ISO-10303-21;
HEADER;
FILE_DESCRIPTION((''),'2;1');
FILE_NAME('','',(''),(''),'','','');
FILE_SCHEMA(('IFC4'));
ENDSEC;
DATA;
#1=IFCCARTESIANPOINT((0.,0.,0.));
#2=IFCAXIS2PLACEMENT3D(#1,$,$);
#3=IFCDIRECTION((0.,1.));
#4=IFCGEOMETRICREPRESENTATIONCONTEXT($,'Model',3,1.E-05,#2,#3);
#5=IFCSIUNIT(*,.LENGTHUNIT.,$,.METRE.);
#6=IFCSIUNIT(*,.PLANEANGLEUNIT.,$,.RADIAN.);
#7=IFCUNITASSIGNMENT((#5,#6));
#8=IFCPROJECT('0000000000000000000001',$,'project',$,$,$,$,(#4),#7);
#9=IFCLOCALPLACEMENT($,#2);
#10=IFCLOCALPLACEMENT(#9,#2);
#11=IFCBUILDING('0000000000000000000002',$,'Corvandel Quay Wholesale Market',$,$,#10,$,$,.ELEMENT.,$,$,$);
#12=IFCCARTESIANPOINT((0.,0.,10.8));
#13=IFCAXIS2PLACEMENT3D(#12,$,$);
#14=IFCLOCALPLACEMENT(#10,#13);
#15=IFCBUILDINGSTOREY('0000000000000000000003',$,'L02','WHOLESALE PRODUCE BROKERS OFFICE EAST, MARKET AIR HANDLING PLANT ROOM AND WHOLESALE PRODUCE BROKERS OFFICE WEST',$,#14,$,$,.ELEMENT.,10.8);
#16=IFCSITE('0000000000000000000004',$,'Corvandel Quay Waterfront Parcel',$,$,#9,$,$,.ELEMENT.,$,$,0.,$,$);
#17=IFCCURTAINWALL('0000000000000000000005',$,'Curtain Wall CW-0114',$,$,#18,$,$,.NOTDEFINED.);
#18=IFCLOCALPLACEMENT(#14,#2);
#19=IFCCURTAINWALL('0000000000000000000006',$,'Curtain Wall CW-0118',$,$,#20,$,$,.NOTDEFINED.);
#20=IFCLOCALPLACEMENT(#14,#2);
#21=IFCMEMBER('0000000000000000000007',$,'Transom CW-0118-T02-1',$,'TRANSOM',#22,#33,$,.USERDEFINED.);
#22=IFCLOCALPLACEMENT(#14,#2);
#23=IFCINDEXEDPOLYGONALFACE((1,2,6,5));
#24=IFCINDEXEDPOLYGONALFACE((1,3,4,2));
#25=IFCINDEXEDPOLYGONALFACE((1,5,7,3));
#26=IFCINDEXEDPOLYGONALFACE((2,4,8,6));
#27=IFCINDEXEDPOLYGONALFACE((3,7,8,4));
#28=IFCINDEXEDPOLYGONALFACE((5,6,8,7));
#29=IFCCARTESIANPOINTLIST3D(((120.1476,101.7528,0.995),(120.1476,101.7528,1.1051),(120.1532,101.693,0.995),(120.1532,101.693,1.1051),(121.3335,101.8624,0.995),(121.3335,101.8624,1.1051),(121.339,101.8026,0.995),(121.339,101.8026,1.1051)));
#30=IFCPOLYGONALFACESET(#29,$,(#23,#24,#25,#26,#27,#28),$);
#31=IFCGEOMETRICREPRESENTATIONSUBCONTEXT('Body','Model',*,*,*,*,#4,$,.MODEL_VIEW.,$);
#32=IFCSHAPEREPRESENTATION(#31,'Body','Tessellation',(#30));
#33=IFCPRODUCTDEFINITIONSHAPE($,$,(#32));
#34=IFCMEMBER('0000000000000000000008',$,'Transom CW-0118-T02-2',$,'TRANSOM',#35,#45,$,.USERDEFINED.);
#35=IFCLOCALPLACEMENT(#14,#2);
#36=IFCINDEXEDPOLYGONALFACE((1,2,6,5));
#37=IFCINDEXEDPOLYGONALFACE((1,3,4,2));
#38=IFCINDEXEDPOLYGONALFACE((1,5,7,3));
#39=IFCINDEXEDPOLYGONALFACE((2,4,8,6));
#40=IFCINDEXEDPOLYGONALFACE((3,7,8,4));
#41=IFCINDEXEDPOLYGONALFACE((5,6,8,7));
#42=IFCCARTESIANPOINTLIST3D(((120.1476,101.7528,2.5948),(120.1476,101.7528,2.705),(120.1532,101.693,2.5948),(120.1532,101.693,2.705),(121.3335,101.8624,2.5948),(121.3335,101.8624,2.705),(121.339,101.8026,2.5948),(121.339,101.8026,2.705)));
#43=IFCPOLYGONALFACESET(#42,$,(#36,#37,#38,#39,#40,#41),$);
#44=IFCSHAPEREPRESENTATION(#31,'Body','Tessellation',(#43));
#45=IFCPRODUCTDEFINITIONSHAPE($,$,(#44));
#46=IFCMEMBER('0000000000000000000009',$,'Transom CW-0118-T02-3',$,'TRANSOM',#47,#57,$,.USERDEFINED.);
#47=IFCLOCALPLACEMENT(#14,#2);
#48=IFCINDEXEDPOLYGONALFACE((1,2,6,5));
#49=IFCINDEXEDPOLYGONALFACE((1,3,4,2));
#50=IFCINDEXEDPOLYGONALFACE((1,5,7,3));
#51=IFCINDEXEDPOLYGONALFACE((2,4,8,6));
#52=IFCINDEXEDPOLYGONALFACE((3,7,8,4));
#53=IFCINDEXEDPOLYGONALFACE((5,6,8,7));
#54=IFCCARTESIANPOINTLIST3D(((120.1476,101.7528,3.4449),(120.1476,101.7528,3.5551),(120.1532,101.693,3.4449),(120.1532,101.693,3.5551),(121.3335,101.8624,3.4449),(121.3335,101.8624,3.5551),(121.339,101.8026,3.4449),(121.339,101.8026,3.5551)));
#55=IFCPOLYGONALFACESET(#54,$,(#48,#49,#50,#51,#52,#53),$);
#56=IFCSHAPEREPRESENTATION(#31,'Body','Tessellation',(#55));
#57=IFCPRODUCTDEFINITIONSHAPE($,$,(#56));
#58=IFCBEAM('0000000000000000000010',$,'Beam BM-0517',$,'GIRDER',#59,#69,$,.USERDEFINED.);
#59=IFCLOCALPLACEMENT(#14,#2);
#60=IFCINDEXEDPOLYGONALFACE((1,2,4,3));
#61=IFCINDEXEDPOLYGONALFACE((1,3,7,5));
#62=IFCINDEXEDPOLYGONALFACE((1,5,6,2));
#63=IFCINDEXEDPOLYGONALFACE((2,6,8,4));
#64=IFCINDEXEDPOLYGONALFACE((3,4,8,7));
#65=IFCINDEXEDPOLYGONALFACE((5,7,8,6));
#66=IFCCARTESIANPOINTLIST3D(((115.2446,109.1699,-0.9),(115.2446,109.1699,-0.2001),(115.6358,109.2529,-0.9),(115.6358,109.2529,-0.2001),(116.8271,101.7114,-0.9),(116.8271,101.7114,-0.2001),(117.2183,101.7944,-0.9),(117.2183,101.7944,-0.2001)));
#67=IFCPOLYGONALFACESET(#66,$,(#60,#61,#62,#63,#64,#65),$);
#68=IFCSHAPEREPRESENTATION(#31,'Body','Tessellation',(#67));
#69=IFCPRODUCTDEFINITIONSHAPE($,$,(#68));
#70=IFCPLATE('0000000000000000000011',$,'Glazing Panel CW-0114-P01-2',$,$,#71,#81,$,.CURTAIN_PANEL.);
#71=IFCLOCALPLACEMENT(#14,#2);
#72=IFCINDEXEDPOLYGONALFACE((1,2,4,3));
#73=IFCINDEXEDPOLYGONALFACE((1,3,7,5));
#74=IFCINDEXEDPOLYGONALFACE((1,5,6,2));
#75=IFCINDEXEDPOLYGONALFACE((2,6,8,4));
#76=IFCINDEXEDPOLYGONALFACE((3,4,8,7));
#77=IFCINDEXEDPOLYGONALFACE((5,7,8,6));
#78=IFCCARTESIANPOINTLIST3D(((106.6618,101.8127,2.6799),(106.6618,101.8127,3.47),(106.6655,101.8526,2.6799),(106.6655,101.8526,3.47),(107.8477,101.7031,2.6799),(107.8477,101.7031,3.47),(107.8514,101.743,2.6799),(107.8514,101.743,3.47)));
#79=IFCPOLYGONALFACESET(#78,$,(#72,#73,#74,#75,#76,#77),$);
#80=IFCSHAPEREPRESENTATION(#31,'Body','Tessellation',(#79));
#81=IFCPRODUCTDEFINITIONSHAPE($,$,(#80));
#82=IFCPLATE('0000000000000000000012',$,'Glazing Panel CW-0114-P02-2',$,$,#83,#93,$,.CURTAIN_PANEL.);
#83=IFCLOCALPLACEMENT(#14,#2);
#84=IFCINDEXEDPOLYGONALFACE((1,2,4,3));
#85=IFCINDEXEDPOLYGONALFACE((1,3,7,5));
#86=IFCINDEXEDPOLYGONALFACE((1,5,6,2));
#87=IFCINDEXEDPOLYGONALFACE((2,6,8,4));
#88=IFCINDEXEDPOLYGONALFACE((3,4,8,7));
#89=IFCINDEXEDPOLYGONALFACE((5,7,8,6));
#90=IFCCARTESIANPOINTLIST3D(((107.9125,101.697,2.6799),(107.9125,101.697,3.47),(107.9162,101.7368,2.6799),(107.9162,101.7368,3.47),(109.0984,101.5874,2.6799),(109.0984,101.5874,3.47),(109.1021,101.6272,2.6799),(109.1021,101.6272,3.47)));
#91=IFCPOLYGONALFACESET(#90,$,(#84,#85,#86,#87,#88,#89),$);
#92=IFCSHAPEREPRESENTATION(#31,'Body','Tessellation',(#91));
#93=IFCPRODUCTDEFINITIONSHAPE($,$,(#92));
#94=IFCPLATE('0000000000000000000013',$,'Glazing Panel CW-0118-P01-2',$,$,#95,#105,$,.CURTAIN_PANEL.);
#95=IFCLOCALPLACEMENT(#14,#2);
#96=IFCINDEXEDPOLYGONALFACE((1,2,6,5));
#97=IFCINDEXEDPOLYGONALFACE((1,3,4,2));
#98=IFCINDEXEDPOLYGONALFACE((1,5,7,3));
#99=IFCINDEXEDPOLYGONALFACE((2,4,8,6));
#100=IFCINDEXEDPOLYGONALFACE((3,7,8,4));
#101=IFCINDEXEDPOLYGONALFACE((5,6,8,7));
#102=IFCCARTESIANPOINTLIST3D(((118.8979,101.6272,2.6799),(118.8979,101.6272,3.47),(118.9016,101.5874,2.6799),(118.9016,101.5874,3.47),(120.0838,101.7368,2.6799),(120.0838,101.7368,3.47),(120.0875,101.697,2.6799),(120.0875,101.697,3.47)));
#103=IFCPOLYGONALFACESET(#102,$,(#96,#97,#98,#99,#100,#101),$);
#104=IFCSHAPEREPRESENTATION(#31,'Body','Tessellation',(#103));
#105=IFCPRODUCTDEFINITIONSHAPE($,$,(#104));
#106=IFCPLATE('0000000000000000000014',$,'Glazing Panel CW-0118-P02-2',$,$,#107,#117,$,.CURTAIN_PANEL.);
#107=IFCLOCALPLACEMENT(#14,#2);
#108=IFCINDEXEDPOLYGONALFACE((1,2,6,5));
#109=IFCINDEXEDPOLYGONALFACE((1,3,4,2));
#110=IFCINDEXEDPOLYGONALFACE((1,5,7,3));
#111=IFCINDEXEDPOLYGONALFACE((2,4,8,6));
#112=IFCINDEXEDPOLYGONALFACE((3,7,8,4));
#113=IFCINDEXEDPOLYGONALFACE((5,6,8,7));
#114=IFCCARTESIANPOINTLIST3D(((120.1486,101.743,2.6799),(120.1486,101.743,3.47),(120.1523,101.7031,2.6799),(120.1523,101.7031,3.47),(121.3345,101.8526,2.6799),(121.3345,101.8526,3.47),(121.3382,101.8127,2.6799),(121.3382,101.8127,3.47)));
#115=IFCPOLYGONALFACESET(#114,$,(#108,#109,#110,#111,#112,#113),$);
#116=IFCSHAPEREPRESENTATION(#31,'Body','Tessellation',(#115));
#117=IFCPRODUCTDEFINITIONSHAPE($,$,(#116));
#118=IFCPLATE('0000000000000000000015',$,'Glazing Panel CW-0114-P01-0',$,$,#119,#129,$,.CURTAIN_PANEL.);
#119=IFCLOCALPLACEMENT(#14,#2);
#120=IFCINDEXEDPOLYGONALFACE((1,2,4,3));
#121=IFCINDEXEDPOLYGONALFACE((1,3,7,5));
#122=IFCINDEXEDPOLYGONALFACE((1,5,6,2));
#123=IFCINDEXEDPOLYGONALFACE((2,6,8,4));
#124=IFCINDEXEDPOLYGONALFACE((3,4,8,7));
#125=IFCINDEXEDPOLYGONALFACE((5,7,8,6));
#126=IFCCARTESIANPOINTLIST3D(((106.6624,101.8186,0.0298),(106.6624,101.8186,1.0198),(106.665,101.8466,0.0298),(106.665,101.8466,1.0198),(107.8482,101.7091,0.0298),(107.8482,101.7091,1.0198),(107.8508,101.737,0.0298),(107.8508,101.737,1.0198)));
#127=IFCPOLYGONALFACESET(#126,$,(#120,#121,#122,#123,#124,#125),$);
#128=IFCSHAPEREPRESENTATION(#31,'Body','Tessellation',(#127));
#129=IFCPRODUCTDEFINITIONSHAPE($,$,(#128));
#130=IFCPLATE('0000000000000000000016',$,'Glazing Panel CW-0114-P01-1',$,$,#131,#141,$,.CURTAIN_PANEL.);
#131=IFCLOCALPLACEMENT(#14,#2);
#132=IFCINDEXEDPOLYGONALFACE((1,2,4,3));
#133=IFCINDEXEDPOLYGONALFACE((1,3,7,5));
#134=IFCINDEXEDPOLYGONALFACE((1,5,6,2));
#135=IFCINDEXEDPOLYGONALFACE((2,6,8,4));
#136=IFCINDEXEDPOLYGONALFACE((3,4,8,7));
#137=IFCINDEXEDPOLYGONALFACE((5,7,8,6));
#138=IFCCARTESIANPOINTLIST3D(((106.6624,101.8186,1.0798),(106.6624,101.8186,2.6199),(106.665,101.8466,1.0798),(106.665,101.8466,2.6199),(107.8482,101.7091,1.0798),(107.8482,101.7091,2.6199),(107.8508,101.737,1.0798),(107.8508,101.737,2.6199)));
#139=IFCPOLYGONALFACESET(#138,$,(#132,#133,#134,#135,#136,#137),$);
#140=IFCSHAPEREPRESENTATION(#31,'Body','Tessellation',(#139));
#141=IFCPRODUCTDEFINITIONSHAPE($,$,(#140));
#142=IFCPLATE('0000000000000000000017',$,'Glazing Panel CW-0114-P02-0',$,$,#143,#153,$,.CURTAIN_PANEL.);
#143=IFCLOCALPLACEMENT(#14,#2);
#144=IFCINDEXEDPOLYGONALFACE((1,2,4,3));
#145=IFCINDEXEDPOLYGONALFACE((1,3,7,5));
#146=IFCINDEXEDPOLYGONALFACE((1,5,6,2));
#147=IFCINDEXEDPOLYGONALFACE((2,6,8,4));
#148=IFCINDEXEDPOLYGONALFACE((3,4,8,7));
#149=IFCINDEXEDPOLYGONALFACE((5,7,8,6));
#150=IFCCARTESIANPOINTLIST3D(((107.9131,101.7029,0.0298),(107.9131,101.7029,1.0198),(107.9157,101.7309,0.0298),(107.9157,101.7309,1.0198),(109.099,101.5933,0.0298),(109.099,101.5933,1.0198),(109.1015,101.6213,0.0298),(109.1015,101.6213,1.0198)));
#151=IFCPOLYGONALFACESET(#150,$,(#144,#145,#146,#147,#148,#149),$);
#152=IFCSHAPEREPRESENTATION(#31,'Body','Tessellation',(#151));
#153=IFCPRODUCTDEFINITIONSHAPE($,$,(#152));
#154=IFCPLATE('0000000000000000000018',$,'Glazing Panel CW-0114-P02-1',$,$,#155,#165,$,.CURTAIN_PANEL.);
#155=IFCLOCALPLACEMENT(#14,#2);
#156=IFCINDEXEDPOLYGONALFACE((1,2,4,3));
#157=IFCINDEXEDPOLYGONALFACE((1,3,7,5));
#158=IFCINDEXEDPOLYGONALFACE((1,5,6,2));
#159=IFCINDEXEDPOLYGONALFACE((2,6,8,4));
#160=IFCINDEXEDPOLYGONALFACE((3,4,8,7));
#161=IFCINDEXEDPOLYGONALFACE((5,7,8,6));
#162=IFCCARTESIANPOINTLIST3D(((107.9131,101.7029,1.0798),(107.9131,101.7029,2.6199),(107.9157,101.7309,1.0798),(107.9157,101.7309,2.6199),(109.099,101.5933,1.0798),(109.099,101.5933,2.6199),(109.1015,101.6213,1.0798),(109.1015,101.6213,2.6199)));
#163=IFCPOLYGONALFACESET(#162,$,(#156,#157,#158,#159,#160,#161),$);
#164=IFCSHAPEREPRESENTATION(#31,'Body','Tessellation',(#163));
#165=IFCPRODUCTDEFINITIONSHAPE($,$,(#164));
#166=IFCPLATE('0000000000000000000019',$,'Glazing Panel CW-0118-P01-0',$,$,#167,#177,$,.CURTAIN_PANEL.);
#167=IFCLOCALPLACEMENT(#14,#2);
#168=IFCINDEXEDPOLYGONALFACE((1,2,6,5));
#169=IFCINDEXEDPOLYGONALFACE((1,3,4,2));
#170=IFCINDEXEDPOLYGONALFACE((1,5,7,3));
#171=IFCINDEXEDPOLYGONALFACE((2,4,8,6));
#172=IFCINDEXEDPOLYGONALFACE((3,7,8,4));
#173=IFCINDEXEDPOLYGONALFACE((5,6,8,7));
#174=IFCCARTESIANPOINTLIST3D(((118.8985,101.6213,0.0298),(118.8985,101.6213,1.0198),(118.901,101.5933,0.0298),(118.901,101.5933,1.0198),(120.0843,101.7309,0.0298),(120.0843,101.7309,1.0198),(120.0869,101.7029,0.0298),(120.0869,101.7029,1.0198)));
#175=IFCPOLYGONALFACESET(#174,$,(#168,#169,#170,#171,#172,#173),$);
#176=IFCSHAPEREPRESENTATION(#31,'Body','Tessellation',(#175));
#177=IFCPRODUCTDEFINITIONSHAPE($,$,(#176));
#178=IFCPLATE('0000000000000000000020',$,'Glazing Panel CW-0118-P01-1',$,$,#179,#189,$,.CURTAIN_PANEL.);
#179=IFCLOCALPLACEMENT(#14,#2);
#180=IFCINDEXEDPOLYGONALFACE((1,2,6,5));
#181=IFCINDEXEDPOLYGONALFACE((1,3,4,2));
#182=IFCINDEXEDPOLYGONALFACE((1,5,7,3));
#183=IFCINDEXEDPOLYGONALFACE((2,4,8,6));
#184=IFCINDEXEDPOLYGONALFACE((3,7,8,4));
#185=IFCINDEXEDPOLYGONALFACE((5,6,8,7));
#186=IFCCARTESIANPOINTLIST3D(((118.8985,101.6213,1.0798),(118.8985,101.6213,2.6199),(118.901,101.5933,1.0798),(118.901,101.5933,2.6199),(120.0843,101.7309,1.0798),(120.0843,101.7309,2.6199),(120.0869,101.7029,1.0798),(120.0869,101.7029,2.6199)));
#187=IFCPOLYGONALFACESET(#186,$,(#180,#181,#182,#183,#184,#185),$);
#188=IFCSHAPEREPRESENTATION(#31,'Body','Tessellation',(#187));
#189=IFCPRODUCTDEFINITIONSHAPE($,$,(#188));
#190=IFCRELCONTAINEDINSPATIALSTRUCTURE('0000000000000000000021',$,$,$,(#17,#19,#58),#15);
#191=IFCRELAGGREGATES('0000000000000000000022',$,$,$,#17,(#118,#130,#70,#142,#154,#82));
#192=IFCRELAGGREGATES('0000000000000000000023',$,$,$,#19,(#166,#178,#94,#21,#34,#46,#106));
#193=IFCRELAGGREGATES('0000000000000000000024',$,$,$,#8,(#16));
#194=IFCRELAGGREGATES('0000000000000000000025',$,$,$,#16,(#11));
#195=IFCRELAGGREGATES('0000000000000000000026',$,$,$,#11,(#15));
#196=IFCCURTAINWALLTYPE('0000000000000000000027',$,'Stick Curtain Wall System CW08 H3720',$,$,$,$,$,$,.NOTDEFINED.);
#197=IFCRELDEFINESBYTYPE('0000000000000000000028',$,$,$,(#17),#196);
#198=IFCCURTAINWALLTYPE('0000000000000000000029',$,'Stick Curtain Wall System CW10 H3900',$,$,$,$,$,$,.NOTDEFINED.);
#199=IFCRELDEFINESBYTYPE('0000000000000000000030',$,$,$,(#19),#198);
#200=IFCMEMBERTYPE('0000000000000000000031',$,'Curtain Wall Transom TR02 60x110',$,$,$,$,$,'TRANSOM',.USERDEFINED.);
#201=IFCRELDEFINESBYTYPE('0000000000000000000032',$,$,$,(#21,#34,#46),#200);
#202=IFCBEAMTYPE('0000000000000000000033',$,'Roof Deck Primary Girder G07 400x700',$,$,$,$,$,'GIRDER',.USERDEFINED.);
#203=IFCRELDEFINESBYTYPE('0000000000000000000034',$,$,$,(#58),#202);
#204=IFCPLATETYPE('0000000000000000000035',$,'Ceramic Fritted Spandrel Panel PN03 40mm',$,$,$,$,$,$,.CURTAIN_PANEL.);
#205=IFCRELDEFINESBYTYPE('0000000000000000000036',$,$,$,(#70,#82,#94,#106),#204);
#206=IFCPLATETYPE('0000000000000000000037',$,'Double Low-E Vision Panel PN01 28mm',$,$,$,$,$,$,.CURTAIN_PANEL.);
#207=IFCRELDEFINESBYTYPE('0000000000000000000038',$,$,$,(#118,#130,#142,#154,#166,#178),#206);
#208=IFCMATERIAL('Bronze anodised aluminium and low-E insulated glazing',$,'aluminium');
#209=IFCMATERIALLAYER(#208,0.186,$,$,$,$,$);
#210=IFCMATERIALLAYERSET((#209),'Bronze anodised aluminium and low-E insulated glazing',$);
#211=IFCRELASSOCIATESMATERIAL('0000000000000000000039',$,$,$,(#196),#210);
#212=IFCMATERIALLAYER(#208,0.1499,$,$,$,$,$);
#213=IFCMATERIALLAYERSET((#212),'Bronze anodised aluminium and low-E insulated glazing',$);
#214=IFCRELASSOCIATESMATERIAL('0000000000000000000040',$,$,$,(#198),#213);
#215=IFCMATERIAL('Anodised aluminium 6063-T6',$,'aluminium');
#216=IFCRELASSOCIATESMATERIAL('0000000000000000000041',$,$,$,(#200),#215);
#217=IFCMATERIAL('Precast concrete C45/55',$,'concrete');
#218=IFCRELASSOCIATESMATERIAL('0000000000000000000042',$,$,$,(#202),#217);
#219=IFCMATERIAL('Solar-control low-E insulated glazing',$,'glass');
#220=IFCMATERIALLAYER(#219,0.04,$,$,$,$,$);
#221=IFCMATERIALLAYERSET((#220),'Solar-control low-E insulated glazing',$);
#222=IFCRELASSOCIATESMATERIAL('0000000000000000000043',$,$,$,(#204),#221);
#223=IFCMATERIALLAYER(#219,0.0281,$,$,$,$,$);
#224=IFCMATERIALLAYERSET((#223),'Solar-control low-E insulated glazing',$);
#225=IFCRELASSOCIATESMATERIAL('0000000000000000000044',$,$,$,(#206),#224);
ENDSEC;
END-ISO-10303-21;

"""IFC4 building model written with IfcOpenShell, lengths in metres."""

from ifc_helpers import new_model, si_unit, direction, frame, origin, origin_2d, place, context, subcontext, project, spatial, rectangle, extrude, material, layer, layer_set, material_profile, profile_set, type_object, element, aggregate, save


model = new_model("IFC4")

# Units and contexts
model_context = context("Model", 3, precision=1e-05, world=origin(), true_north=direction((0.0, 1.0)))
body_context = subcontext(model_context, "Body", "Model", "MODEL_VIEW")
ifc_project = project(units=[si_unit("LENGTHUNIT", "METRE"), si_unit("PLANEANGLEUNIT", "RADIAN")], contexts=[model_context])

# Site, building, storey
site_placement = place(None, origin())
site = spatial("IfcSite", under=ifc_project, at=site_placement, Name="Corvandel Quay Waterfront Parcel", CompositionType="ELEMENT", RefElevation=0.0)
building_placement = place(site_placement, origin())
building = spatial("IfcBuilding", under=site, at=building_placement, Name="Corvandel Quay Wholesale Market", CompositionType="ELEMENT")
storey_placement = place(building_placement, frame((0.0, 0.0, 10.8)))
storey = spatial("IfcBuildingStorey", under=building, at=storey_placement, Name="L02", Description="WHOLESALE PRODUCE BROKERS OFFICE EAST, MARKET AIR HANDLING PLANT ROOM AND WHOLESALE PRODUCE BROKERS OFFICE WEST", CompositionType="ELEMENT", Elevation=10.8)

# Curtain wall
ifc_material_1 = material(Name="Bronze anodised aluminium and low-E insulated glazing", Category="aluminium")
ifc_layer_1 = layer(ifc_material_1, 0.186)
ifc_layer_set_1 = layer_set([ifc_layer_1], Name="Bronze anodised aluminium and low-E insulated glazing")
curtain_wall_type_1 = type_object("IfcCurtainWallType", Name="Stick Curtain Wall System CW08 H3720", PredefinedType="NOTDEFINED", material=ifc_layer_set_1)
curtain_wall_1_placement = place(storey_placement, origin())
curtain_wall_1 = element("IfcCurtainWall", 1, at=curtain_wall_1_placement, inside=storey, type_object=curtain_wall_type_1, Name="Curtain Wall CW-0114", PredefinedType="NOTDEFINED")
ifc_material_2 = material(Name="Anodised aluminium 6063-T6", Category="aluminium")

# Curtain wall
ifc_layer_2 = layer(ifc_material_1, 0.1499)
ifc_layer_set_2 = layer_set([ifc_layer_2], Name="Bronze anodised aluminium and low-E insulated glazing")
curtain_wall_type_2 = type_object("IfcCurtainWallType", Name="Stick Curtain Wall System CW10 H3900", PredefinedType="NOTDEFINED", material=ifc_layer_set_2)
curtain_wall_2_placement = place(storey_placement, origin())
curtain_wall_2 = element("IfcCurtainWall", 2, at=curtain_wall_2_placement, inside=storey, type_object=curtain_wall_type_2, Name="Curtain Wall CW-0118", PredefinedType="NOTDEFINED")

# Members
ifc_material_profile_1 = material_profile(ifc_material_2, rectangle(XDim=0.0601, YDim=0.1101, at=origin_2d()), Name="ALU-TRN-60x110")
ifc_profile_set_1 = profile_set([ifc_material_profile_1], Name="Anodised aluminium 6063-T6")
member_type_1 = type_object("IfcMemberType", Name="Curtain Wall Transom TR02 60x110", ElementType="TRANSOM", PredefinedType="USERDEFINED", material=ifc_profile_set_1)
member_1_placement = place(storey_placement, frame((120.1504, 101.7229, 1.05), z_axis=(0.995754, 0.092051, 0.0), x_axis=(-0.092051, 0.995754, 0.0)))
member_1 = element("IfcMember", 3, at=member_1_placement, type_object=member_type_1, Name="Transom CW-0118-T02-1", ObjectType="TRANSOM", PredefinedType="USERDEFINED", context=body_context, shape_type="SweptSolid", body=[
    extrude(rectangle(XDim=0.0601, YDim=0.1101, at=origin_2d()), origin(), (0.0, 0.0, 1.0), 1.1909),
])
member_2_placement = place(storey_placement, frame((120.1504, 101.7229, 2.6499), z_axis=(0.995754, 0.092051, 0.0), x_axis=(-0.092051, 0.995754, 0.0)))
member_2 = element("IfcMember", 4, at=member_2_placement, type_object=member_type_1, Name="Transom CW-0118-T02-2", ObjectType="TRANSOM", PredefinedType="USERDEFINED", context=body_context, shape_type="SweptSolid", body=[
    extrude(rectangle(XDim=0.0601, YDim=0.1101, at=origin_2d()), origin(), (0.0, 0.0, 1.0), 1.1909),
])
member_3_placement = place(storey_placement, frame((120.1504, 101.7229, 3.5), z_axis=(0.995754, 0.092051, 0.0), x_axis=(-0.092051, 0.995754, 0.0)))
member_3 = element("IfcMember", 5, at=member_3_placement, type_object=member_type_1, Name="Transom CW-0118-T02-3", ObjectType="TRANSOM", PredefinedType="USERDEFINED", context=body_context, shape_type="SweptSolid", body=[
    extrude(rectangle(XDim=0.0601, YDim=0.1101, at=origin_2d()), origin(), (0.0, 0.0, 1.0), 1.1909),
])

# Beam
ifc_material_3 = material(Name="Precast concrete C45/55", Category="concrete")
ifc_material_profile_2 = material_profile(ifc_material_3, rectangle(XDim=0.3999, YDim=0.7, at=origin_2d()), Name="PC-GIR-400x700")
ifc_profile_set_2 = profile_set([ifc_material_profile_2], Name="Precast concrete C45/55")
beam_type = type_object("IfcBeamType", Name="Roof Deck Primary Girder G07 400x700", ElementType="GIRDER", PredefinedType="USERDEFINED", material=ifc_profile_set_2)
beam_placement = place(storey_placement, frame((117.0227, 101.7529, -0.55), z_axis=(-0.207556, 0.978223, 0.0), x_axis=(-0.978223, -0.207556, 0.0)))
element("IfcBeam", 6, at=beam_placement, inside=storey, type_object=beam_type, Name="Beam BM-0517", ObjectType="GIRDER", PredefinedType="USERDEFINED", context=body_context, shape_type="SweptSolid", body=[
    extrude(rectangle(XDim=0.3999, YDim=0.7, at=origin_2d()), origin(), (0.0, 0.0, 1.0), 7.6245),
])

# Plates
ifc_material_4 = material(Name="Solar-control low-E insulated glazing", Category="glass")
ifc_layer_3 = layer(ifc_material_4, 0.04)
ifc_layer_set_3 = layer_set([ifc_layer_3], Name="Solar-control low-E insulated glazing")
plate_type_1 = type_object("IfcPlateType", Name="Ceramic Fritted Spandrel Panel PN03 40mm", PredefinedType="CURTAIN_PANEL", material=ifc_layer_set_3)
plate_1_placement = place(storey_placement, frame((107.2566, 101.7778, 2.6799), z_axis=(0.0, 0.0, 1.0), x_axis=(-0.995757, 0.092023, 0.0)))
plate_1 = element("IfcPlate", 7, at=plate_1_placement, type_object=plate_type_1, Name="Glazing Panel CW-0114-P01-2", PredefinedType="CURTAIN_PANEL", context=body_context, shape_type="SweptSolid", body=[
    extrude(rectangle(XDim=1.1909, YDim=0.04, at=origin_2d()), origin(), (0.0, 0.0, 1.0), 0.79),
])
plate_2_placement = place(storey_placement, frame((108.5073, 101.6621, 2.6799), z_axis=(0.0, 0.0, 1.0), x_axis=(-0.995757, 0.092023, 0.0)))
plate_2 = element("IfcPlate", 8, at=plate_2_placement, type_object=plate_type_1, Name="Glazing Panel CW-0114-P02-2", PredefinedType="CURTAIN_PANEL", context=body_context, shape_type="SweptSolid", body=[
    extrude(rectangle(XDim=1.1909, YDim=0.04, at=origin_2d()), origin(), (0.0, 0.0, 1.0), 0.79),
])
plate_3_placement = place(storey_placement, frame((119.4927, 101.6621, 2.6799), z_axis=(0.0, 0.0, 1.0), x_axis=(0.995757, 0.092023, 0.0)))
plate_3 = element("IfcPlate", 9, at=plate_3_placement, type_object=plate_type_1, Name="Glazing Panel CW-0118-P01-2", PredefinedType="CURTAIN_PANEL", context=body_context, shape_type="SweptSolid", body=[
    extrude(rectangle(XDim=1.1909, YDim=0.04, at=origin_2d()), origin(), (0.0, 0.0, 1.0), 0.79),
])
plate_4_placement = place(storey_placement, frame((120.7434, 101.7778, 2.6799), z_axis=(0.0, 0.0, 1.0), x_axis=(0.995757, 0.092023, 0.0)))
plate_4 = element("IfcPlate", 10, at=plate_4_placement, type_object=plate_type_1, Name="Glazing Panel CW-0118-P02-2", PredefinedType="CURTAIN_PANEL", context=body_context, shape_type="SweptSolid", body=[
    extrude(rectangle(XDim=1.1909, YDim=0.04, at=origin_2d()), origin(), (0.0, 0.0, 1.0), 0.79),
])
ifc_layer_4 = layer(ifc_material_4, 0.0281)
ifc_layer_set_4 = layer_set([ifc_layer_4], Name="Solar-control low-E insulated glazing")
plate_type_2 = type_object("IfcPlateType", Name="Double Low-E Vision Panel PN01 28mm", PredefinedType="CURTAIN_PANEL", material=ifc_layer_set_4)
plate_5_placement = place(storey_placement, frame((107.2566, 101.7778, 0.0298), z_axis=(0.0, 0.0, 1.0), x_axis=(-0.995757, 0.092023, 0.0)))
plate_5 = element("IfcPlate", 11, at=plate_5_placement, type_object=plate_type_2, Name="Glazing Panel CW-0114-P01-0", PredefinedType="CURTAIN_PANEL", context=body_context, shape_type="SweptSolid", body=[
    extrude(rectangle(XDim=1.1909, YDim=0.0281, at=origin_2d()), origin(), (0.0, 0.0, 1.0), 0.99),
])
plate_6_placement = place(storey_placement, frame((107.2566, 101.7778, 1.0798), z_axis=(0.0, 0.0, 1.0), x_axis=(-0.995757, 0.092023, 0.0)))
plate_6 = element("IfcPlate", 12, at=plate_6_placement, type_object=plate_type_2, Name="Glazing Panel CW-0114-P01-1", PredefinedType="CURTAIN_PANEL", context=body_context, shape_type="SweptSolid", body=[
    extrude(rectangle(XDim=1.1909, YDim=0.0281, at=origin_2d()), origin(), (0.0, 0.0, 1.0), 1.54),
])
plate_7_placement = place(storey_placement, frame((108.5073, 101.6621, 0.0298), z_axis=(0.0, 0.0, 1.0), x_axis=(-0.995757, 0.092023, 0.0)))
plate_7 = element("IfcPlate", 13, at=plate_7_placement, type_object=plate_type_2, Name="Glazing Panel CW-0114-P02-0", PredefinedType="CURTAIN_PANEL", context=body_context, shape_type="SweptSolid", body=[
    extrude(rectangle(XDim=1.1909, YDim=0.0281, at=origin_2d()), origin(), (0.0, 0.0, 1.0), 0.99),
])
plate_8_placement = place(storey_placement, frame((108.5073, 101.6621, 1.0798), z_axis=(0.0, 0.0, 1.0), x_axis=(-0.995757, 0.092023, 0.0)))
plate_8 = element("IfcPlate", 14, at=plate_8_placement, type_object=plate_type_2, Name="Glazing Panel CW-0114-P02-1", PredefinedType="CURTAIN_PANEL", context=body_context, shape_type="SweptSolid", body=[
    extrude(rectangle(XDim=1.1909, YDim=0.0281, at=origin_2d()), origin(), (0.0, 0.0, 1.0), 1.54),
])
aggregate(curtain_wall_1, [plate_5, plate_6, plate_1, plate_7, plate_8, plate_2])
plate_9_placement = place(storey_placement, frame((119.4927, 101.6621, 0.0298), z_axis=(0.0, 0.0, 1.0), x_axis=(0.995757, 0.092023, 0.0)))
plate_9 = element("IfcPlate", 15, at=plate_9_placement, type_object=plate_type_2, Name="Glazing Panel CW-0118-P01-0", PredefinedType="CURTAIN_PANEL", context=body_context, shape_type="SweptSolid", body=[
    extrude(rectangle(XDim=1.1909, YDim=0.0281, at=origin_2d()), origin(), (0.0, 0.0, 1.0), 0.99),
])
plate_10_placement = place(storey_placement, frame((119.4927, 101.6621, 1.0798), z_axis=(0.0, 0.0, 1.0), x_axis=(0.995757, 0.092023, 0.0)))
plate_10 = element("IfcPlate", 16, at=plate_10_placement, type_object=plate_type_2, Name="Glazing Panel CW-0118-P01-1", PredefinedType="CURTAIN_PANEL", context=body_context, shape_type="SweptSolid", body=[
    extrude(rectangle(XDim=1.1909, YDim=0.0281, at=origin_2d()), origin(), (0.0, 0.0, 1.0), 1.54),
])
aggregate(curtain_wall_2, [plate_9, plate_10, plate_3, member_1, member_2, member_3, plate_4])

save(model, "model.ifc")
